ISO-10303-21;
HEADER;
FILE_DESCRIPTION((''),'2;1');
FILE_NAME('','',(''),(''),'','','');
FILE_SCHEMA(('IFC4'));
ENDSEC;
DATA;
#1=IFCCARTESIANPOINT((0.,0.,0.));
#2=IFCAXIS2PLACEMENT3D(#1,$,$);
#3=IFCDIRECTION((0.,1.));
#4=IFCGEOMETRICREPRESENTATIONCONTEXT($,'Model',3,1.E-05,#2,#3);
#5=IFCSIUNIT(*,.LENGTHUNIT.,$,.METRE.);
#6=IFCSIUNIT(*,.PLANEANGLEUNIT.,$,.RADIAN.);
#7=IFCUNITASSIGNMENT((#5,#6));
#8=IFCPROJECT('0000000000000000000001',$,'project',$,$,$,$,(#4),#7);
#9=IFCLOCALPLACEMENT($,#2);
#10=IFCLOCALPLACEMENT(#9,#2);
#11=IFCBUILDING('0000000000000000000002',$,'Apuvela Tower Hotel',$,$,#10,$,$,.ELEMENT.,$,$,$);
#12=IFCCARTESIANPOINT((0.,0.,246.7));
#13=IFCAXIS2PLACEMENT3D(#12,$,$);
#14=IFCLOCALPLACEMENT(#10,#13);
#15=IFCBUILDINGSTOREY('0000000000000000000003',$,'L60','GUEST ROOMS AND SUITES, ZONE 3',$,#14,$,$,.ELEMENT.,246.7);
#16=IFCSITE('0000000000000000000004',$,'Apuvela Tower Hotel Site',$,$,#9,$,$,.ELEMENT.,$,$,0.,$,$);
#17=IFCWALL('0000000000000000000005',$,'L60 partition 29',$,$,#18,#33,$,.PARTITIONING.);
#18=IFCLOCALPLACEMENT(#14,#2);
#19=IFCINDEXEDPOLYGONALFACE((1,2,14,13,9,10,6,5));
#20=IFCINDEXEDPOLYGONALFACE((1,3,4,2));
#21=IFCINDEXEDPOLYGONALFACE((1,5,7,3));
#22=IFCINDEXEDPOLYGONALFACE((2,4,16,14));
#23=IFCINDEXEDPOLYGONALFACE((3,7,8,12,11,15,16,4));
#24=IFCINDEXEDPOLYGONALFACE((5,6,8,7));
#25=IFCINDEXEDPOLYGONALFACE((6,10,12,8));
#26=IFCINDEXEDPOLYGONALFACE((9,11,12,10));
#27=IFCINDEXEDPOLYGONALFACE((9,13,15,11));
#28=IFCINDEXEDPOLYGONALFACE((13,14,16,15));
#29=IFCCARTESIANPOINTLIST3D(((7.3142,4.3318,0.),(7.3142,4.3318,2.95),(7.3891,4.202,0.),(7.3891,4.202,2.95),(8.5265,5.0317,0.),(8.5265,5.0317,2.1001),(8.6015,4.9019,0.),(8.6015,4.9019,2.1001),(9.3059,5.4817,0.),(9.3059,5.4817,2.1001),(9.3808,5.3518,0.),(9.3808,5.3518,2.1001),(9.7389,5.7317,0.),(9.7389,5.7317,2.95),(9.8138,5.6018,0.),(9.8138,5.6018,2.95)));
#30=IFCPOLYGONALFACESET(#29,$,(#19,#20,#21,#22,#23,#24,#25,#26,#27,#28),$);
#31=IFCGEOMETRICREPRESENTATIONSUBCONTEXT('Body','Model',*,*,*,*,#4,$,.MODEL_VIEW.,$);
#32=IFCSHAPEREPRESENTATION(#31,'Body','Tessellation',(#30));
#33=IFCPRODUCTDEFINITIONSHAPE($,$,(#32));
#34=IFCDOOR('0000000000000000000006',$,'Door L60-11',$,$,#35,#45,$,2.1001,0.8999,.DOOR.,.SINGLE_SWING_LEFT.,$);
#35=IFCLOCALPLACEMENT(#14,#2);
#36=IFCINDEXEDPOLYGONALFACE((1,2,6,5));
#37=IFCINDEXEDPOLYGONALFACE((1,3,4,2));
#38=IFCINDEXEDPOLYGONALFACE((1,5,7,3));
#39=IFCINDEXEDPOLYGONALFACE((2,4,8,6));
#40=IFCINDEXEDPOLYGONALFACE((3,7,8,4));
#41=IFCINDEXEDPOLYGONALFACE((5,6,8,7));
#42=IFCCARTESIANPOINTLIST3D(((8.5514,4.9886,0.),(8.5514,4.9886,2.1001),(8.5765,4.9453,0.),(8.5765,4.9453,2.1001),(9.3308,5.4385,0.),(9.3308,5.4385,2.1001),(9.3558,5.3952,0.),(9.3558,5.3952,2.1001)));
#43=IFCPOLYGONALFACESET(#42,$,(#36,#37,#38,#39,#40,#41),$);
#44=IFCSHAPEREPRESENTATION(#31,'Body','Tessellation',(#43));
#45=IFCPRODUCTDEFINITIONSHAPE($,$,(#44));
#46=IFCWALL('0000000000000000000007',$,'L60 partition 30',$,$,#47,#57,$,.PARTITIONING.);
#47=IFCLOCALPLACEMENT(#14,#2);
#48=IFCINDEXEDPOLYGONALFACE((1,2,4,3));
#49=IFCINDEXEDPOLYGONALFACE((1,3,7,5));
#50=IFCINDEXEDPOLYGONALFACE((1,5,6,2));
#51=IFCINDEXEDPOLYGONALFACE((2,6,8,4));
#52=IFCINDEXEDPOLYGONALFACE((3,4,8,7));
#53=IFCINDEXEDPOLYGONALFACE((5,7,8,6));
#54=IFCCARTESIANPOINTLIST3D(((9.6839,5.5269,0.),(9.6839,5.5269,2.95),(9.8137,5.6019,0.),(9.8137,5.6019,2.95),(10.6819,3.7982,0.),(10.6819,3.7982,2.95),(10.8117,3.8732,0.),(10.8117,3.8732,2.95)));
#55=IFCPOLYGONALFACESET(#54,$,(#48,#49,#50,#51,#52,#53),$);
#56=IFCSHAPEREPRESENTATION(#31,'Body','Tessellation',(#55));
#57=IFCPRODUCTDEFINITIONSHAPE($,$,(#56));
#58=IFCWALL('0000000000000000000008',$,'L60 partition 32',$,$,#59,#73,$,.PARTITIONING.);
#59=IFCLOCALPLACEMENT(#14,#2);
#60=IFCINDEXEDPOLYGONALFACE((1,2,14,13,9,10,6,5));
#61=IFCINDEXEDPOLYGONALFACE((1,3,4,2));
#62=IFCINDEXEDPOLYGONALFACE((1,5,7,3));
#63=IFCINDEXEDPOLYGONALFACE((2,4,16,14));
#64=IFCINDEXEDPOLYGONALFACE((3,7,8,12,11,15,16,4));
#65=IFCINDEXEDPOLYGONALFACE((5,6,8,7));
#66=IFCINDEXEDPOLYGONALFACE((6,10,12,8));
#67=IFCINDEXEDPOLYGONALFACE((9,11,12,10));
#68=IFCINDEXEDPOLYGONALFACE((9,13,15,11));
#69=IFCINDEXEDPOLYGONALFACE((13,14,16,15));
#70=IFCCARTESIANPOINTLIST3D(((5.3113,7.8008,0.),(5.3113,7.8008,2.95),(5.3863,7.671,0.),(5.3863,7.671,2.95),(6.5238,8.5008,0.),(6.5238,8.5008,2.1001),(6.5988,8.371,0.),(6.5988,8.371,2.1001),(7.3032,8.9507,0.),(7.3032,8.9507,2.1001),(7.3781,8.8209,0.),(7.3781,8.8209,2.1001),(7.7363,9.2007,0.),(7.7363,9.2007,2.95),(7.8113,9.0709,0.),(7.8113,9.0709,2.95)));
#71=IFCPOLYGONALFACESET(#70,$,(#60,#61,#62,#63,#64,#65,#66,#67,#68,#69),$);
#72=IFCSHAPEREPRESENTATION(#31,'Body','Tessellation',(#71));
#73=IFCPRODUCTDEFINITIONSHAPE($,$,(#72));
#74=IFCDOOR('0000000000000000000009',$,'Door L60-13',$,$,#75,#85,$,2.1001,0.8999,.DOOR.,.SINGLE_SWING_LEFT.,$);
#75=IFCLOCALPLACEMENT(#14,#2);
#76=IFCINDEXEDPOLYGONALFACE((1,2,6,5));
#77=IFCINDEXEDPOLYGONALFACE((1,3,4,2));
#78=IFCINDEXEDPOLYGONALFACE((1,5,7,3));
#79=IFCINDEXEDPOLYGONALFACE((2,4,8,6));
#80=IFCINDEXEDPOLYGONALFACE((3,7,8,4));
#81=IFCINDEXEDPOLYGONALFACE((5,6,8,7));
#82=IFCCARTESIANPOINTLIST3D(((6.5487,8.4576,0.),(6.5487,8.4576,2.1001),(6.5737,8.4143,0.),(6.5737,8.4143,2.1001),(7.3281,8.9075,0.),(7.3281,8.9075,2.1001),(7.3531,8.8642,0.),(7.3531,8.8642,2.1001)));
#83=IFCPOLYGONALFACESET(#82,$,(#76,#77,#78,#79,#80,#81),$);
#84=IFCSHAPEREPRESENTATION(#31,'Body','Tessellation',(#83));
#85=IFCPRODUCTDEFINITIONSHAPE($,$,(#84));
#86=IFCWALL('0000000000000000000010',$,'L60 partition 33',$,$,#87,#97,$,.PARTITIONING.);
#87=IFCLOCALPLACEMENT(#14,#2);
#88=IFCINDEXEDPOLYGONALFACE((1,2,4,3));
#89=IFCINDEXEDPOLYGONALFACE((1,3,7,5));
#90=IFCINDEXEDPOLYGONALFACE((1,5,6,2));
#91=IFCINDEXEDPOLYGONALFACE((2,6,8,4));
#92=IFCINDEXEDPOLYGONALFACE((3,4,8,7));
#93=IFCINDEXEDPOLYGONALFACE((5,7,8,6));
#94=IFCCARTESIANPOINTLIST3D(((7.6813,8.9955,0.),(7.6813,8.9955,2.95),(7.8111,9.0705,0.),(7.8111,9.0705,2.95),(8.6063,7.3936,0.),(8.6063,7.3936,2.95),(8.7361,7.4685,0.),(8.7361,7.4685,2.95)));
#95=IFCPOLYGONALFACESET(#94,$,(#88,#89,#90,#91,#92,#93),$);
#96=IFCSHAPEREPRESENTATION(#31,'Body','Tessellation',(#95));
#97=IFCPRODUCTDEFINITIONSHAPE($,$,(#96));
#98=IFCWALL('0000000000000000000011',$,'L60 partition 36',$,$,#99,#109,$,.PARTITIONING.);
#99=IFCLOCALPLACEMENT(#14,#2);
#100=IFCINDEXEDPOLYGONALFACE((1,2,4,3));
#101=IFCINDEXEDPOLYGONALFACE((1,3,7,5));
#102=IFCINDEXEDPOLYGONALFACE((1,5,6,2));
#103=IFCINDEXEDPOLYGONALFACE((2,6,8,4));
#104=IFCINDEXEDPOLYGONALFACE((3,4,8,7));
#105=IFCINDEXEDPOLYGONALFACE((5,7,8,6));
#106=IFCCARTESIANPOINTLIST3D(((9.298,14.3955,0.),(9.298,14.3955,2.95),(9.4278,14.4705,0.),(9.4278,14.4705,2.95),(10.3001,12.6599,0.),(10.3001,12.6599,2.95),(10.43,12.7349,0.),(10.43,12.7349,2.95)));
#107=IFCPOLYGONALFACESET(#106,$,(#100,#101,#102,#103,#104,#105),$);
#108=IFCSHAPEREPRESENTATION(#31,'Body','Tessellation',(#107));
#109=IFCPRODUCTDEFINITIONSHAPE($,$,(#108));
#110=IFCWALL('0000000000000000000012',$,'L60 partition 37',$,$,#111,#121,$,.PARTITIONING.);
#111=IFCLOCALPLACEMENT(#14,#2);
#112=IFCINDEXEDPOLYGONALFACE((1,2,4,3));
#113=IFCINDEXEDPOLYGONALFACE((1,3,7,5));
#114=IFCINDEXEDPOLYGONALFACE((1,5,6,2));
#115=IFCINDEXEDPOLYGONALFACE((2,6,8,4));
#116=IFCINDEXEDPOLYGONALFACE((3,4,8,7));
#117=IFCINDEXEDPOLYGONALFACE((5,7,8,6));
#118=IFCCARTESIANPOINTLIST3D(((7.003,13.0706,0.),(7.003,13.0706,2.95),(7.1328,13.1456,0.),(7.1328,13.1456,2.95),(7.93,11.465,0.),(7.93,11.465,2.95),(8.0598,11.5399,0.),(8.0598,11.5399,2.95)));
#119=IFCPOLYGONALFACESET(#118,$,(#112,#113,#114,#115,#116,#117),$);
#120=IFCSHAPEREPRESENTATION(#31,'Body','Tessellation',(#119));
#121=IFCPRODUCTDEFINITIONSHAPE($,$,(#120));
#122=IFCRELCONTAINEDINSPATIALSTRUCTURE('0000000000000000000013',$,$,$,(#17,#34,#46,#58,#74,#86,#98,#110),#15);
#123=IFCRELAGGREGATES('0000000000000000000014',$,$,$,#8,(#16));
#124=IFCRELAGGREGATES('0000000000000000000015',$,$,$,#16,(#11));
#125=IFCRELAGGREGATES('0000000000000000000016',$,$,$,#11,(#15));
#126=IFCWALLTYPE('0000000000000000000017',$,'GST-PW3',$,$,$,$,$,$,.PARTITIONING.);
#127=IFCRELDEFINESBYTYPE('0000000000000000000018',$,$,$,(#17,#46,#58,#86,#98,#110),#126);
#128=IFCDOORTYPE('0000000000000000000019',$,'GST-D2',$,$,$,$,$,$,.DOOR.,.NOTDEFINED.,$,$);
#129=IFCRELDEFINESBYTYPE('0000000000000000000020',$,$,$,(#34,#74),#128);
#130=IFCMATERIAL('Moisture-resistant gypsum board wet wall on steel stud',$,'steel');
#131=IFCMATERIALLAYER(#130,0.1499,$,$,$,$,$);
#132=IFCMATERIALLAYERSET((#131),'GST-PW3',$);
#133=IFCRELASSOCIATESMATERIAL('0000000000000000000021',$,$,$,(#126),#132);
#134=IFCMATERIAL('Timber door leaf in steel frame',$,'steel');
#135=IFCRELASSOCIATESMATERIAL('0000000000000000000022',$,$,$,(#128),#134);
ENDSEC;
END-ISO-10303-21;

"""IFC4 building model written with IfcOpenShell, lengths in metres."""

from ifc_helpers import new_model, si_unit, direction, frame, frame_2d, origin, place, context, subcontext, project, spatial, rectangle, extrude, material, layer, layer_set, type_object, element, fill, save


model = new_model("IFC4")

# Units and contexts
model_context = context("Model", 3, precision=1e-05, world=origin(), true_north=direction((0.0, 1.0)))
body_context = subcontext(model_context, "Body", "Model", "MODEL_VIEW")
ifc_project = project(units=[si_unit("LENGTHUNIT", "METRE"), si_unit("PLANEANGLEUNIT", "RADIAN")], contexts=[model_context])

# Site, building, storey
site_placement = place(None, origin())
site = spatial("IfcSite", under=ifc_project, at=site_placement, Name="Apuvela Tower Hotel Site", CompositionType="ELEMENT", RefElevation=0.0)
building_placement = place(site_placement, origin())
building = spatial("IfcBuilding", under=site, at=building_placement, Name="Apuvela Tower Hotel", CompositionType="ELEMENT")
storey_placement = place(building_placement, frame((0.0, 0.0, 246.7)))
storey = spatial("IfcBuildingStorey", under=building, at=storey_placement, Name="L60", Description="GUEST ROOMS AND SUITES, ZONE 3", CompositionType="ELEMENT", Elevation=246.7)

# Shared definitions
ifc_material_1 = material(Name="Timber door leaf in steel frame", Category="steel")

# Shared definitions
ifc_material_2 = material(Name="Moisture-resistant gypsum board wet wall on steel stud", Category="steel")
ifc_layer_1 = layer(ifc_material_2, 0.1499)
ifc_layer_set_1 = layer_set([ifc_layer_1], Name="GST-PW3")
wall_type_1 = type_object("IfcWallType", Name="GST-PW3", PredefinedType="PARTITIONING", material=ifc_layer_set_1)

# Shared definitions
door_type_1 = type_object("IfcDoorType", Name="GST-D2", OperationType="NOTDEFINED", PredefinedType="DOOR", material=ifc_material_1)

# Wall, opening, door
wall_1_placement = place(storey_placement, frame((9.7764, 5.6667, 0.0), z_axis=(0.0, 0.0, 1.0), x_axis=(-0.866035, -0.499984, 0.0)))
wall_1 = element("IfcWall", 1, at=wall_1_placement, inside=storey, type_object=wall_type_1, Name="L60 partition 29", PredefinedType="PARTITIONING", context=body_context, shape_type="SweptSolid", body=[
    extrude(rectangle(XDim=2.7998, YDim=0.1499, at=frame_2d((1.3999, 0.0))), origin(), (0.0, 0.0, 1.0), 2.95),
])
opening_1_placement = place(wall_1_placement, frame((0.5, 0.0, 0.0)))
opening_1 = element("IfcOpeningElement", 2, at=opening_1_placement, cuts=wall_1, PredefinedType="OPENING", context=body_context, shape_type="SweptSolid", body=[
    extrude(rectangle(XDim=0.8999, YDim=2.1001, at=frame_2d((0.45, 1.05))), frame((0.0, 0.085, 0.0), z_axis=(0.0, -1.0, 0.0), x_axis=(1.0, 0.0, 0.0)), (0.0, 0.0, 1.0), 0.1699),
])
door_1_placement = place(opening_1_placement, origin())
door_1 = element("IfcDoor", 3, at=door_1_placement, inside=storey, type_object=door_type_1, Name="Door L60-11", OperationType="SINGLE_SWING_LEFT", OverallHeight=2.1001, OverallWidth=0.8999, PredefinedType="DOOR", context=body_context, shape_type="SweptSolid", body=[
    extrude(rectangle(XDim=0.8999, YDim=2.1001, at=frame_2d((0.45, 1.05))), frame((0.0, 0.0249, 0.0), z_axis=(0.0, -1.0, 0.0), x_axis=(1.0, 0.0, 0.0)), (0.0, 0.0, 1.0), 0.05),
])
fill(opening_1, door_1)

# Wall
wall_2_placement = place(storey_placement, frame((10.7468, 3.8357, 0.0), z_axis=(0.0, 0.0, 1.0), x_axis=(-0.49998, 0.866037, 0.0)))
element("IfcWall", 4, at=wall_2_placement, inside=storey, type_object=wall_type_1, Name="L60 partition 30", PredefinedType="PARTITIONING", context=body_context, shape_type="SweptSolid", body=[
    extrude(rectangle(XDim=1.9961, YDim=0.1499, at=frame_2d((0.998, 0.0))), origin(), (0.0, 0.0, 1.0), 2.95),
])

# Wall, opening, door
wall_3_placement = place(storey_placement, frame((7.7737, 9.1357, 0.0), z_axis=(0.0, 0.0, 1.0), x_axis=(-0.866056, -0.499946, 0.0)))
wall_3 = element("IfcWall", 5, at=wall_3_placement, inside=storey, type_object=wall_type_1, Name="L60 partition 32", PredefinedType="PARTITIONING", context=body_context, shape_type="SweptSolid", body=[
    extrude(rectangle(XDim=2.8, YDim=0.1499, at=frame_2d((1.3999, 0.0))), origin(), (0.0, 0.0, 1.0), 2.95),
])
opening_2_placement = place(wall_3_placement, frame((0.5, 0.0, 0.0)))
opening_2 = element("IfcOpeningElement", 6, at=opening_2_placement, cuts=wall_3, PredefinedType="OPENING", context=body_context, shape_type="SweptSolid", body=[
    extrude(rectangle(XDim=0.8999, YDim=2.1001, at=frame_2d((0.45, 1.05))), frame((0.0, 0.085, 0.0), z_axis=(0.0, -1.0, 0.0), x_axis=(1.0, 0.0, 0.0)), (0.0, 0.0, 1.0), 0.1699),
])
door_2_placement = place(opening_2_placement, origin())
door_2 = element("IfcDoor", 7, at=door_2_placement, inside=storey, type_object=door_type_1, Name="Door L60-13", OperationType="SINGLE_SWING_LEFT", OverallHeight=2.1001, OverallWidth=0.8999, PredefinedType="DOOR", context=body_context, shape_type="SweptSolid", body=[
    extrude(rectangle(XDim=0.8999, YDim=2.1001, at=frame_2d((0.45, 1.05))), frame((0.0, 0.0249, 0.0), z_axis=(0.0, -1.0, 0.0), x_axis=(1.0, 0.0, 0.0)), (0.0, 0.0, 1.0), 0.05),
])
fill(opening_2, door_2)

# Walls
wall_4_placement = place(storey_placement, frame((8.6711, 7.4312, 0.0), z_axis=(0.0, 0.0, 1.0), x_axis=(-0.500042, 0.866001, 0.0)))
element("IfcWall", 8, at=wall_4_placement, inside=storey, type_object=wall_type_1, Name="L60 partition 33", PredefinedType="PARTITIONING", context=body_context, shape_type="SweptSolid", body=[
    extrude(rectangle(XDim=1.8499, YDim=0.1499, at=frame_2d((0.9248, 0.0))), origin(), (0.0, 0.0, 1.0), 2.95),
])
wall_5_placement = place(storey_placement, frame((10.365, 12.6975, 0.0), z_axis=(0.0, 0.0, 1.0), x_axis=(-0.500056, 0.865993, 0.0)))
element("IfcWall", 9, at=wall_5_placement, inside=storey, type_object=wall_type_1, Name="L60 partition 36", PredefinedType="PARTITIONING", context=body_context, shape_type="SweptSolid", body=[
    extrude(rectangle(XDim=2.0042, YDim=0.1499, at=frame_2d((1.002, 0.0))), origin(), (0.0, 0.0, 1.0), 2.95),
])
wall_6_placement = place(storey_placement, frame((7.9949, 11.5024, 0.0), z_axis=(0.0, 0.0, 1.0), x_axis=(-0.499977, 0.866039, 0.0)))
element("IfcWall", 10, at=wall_6_placement, inside=storey, type_object=wall_type_1, Name="L60 partition 37", PredefinedType="PARTITIONING", context=body_context, shape_type="SweptSolid", body=[
    extrude(rectangle(XDim=1.854, YDim=0.1499, at=frame_2d((0.927, 0.0))), origin(), (0.0, 0.0, 1.0), 2.95),
])

save(model, "model.ifc")
